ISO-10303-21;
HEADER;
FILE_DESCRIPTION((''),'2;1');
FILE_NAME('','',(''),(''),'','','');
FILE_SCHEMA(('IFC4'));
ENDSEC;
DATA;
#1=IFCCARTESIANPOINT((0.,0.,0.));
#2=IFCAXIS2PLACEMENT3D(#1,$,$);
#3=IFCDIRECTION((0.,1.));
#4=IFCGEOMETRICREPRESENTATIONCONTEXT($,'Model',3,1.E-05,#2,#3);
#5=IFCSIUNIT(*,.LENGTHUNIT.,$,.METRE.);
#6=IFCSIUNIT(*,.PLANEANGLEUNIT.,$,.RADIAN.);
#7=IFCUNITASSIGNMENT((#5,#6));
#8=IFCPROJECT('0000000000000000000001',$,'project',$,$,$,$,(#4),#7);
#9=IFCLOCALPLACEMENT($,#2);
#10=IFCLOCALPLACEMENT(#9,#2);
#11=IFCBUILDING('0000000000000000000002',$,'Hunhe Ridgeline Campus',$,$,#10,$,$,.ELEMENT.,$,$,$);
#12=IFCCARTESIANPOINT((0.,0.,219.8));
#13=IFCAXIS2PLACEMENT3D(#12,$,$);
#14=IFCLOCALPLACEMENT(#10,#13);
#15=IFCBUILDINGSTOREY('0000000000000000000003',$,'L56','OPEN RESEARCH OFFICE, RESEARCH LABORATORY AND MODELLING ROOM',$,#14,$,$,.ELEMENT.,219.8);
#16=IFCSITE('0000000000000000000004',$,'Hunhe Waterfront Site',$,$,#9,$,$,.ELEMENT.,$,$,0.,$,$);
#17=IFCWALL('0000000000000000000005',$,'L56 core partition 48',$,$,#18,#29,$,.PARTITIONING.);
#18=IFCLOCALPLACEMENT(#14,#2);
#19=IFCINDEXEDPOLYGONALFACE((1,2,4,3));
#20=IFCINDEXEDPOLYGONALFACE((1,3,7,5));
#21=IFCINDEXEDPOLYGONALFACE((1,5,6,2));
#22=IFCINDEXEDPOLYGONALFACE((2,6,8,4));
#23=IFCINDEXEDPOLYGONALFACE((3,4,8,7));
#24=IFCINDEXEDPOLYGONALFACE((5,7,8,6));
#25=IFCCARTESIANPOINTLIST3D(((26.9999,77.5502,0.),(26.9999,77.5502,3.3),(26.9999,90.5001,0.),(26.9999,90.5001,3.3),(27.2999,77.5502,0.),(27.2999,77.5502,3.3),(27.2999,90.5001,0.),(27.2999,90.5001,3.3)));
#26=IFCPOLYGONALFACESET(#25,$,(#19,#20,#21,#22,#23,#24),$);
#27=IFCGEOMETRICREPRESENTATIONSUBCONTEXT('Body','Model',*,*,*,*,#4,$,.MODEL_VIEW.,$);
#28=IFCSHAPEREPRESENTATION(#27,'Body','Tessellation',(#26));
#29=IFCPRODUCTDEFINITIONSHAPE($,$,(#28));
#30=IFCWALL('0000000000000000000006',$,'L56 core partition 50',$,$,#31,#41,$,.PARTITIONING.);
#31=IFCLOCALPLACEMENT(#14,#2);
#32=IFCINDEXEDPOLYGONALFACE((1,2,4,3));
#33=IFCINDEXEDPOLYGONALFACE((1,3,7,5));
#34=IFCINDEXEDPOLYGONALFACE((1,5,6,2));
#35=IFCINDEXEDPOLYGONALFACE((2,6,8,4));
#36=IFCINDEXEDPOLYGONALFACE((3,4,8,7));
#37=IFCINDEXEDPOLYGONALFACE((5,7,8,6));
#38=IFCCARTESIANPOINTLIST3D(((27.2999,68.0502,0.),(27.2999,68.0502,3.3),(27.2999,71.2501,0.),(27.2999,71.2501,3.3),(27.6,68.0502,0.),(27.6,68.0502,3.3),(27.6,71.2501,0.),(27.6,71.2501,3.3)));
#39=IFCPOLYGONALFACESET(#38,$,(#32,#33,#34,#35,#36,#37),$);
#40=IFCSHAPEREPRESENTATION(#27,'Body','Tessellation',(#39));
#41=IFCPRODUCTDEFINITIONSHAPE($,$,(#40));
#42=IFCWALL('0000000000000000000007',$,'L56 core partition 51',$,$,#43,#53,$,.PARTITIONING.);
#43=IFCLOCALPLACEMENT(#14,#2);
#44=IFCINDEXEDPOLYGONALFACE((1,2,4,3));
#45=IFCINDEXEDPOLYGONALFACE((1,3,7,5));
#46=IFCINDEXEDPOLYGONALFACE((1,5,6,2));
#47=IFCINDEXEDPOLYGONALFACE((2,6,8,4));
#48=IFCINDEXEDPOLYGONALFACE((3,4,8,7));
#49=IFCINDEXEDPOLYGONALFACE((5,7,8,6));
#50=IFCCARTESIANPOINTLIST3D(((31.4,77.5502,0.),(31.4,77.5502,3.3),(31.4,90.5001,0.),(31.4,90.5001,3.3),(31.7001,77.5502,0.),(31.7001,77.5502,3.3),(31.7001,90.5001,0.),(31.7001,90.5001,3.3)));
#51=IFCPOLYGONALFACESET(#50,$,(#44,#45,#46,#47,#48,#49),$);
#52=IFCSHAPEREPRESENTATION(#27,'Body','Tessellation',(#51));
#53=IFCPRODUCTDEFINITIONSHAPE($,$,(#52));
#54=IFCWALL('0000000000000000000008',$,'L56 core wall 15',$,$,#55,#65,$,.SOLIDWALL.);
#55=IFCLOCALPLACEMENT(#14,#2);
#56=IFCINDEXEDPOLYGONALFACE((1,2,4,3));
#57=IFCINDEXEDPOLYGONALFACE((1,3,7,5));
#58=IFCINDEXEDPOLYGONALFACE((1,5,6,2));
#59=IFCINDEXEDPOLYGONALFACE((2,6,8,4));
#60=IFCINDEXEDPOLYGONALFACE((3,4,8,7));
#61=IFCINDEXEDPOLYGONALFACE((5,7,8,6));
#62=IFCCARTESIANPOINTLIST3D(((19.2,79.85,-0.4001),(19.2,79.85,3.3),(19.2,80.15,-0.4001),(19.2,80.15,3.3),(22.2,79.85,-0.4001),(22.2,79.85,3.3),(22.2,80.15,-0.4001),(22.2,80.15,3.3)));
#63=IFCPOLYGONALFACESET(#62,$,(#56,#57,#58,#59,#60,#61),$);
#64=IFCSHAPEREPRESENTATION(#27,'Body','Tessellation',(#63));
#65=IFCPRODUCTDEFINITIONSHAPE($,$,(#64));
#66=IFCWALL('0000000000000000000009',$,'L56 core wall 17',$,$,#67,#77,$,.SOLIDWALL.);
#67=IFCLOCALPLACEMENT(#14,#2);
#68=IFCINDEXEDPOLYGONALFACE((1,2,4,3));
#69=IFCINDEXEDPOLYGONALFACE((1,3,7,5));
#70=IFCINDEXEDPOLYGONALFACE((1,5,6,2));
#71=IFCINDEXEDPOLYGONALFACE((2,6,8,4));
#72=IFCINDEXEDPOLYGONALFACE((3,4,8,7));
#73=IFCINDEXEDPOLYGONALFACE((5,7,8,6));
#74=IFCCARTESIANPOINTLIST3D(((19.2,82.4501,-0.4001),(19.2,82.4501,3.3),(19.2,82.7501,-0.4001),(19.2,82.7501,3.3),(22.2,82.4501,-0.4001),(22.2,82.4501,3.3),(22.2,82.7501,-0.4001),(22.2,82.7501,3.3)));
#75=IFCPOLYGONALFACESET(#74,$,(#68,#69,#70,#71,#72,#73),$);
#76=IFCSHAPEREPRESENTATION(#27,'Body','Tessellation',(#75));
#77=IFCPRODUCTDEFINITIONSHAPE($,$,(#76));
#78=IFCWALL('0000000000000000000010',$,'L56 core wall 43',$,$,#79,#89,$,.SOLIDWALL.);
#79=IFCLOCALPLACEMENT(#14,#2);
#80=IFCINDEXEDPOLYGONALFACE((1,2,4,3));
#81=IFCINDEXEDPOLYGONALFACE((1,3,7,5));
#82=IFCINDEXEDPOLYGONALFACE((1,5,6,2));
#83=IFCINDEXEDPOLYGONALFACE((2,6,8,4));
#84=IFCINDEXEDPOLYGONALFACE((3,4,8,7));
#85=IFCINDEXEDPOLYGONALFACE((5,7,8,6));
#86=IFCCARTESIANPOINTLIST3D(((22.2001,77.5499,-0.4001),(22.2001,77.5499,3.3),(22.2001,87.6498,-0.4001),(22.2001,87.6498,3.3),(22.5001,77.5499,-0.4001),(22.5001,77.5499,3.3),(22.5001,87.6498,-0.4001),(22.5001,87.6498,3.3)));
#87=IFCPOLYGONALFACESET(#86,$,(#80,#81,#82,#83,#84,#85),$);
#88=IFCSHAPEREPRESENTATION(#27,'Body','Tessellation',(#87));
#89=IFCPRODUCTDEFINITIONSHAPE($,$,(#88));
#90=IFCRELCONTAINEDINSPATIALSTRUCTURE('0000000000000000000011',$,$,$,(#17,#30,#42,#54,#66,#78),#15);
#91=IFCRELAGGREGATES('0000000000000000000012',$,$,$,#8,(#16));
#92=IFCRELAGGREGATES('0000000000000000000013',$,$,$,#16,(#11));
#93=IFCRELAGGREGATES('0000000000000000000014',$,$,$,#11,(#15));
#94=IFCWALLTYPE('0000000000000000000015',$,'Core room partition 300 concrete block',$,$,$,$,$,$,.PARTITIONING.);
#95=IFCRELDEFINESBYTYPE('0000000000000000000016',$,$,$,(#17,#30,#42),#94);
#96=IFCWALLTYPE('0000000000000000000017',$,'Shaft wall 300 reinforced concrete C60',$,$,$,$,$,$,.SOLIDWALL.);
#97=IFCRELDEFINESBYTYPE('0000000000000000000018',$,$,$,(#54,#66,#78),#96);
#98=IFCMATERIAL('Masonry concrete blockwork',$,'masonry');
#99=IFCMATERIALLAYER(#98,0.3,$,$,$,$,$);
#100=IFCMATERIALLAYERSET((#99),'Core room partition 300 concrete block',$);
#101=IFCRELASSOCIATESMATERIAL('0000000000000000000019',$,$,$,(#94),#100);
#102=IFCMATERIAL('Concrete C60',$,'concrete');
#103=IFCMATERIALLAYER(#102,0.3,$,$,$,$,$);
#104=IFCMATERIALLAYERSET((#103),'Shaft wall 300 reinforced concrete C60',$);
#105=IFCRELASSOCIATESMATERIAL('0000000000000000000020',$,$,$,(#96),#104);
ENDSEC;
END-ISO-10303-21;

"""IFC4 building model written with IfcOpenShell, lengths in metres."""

from ifc_helpers import new_model, si_unit, direction, frame, frame_2d, origin, place, context, subcontext, project, spatial, rectangle, extrude, material, layer, layer_set, type_object, element, save


model = new_model("IFC4")

# Units and contexts
model_context = context("Model", 3, precision=1e-05, world=origin(), true_north=direction((0.0, 1.0)))
body_context = subcontext(model_context, "Body", "Model", "MODEL_VIEW")
ifc_project = project(units=[si_unit("LENGTHUNIT", "METRE"), si_unit("PLANEANGLEUNIT", "RADIAN")], contexts=[model_context])

# Site, building, storey
site_placement = place(None, origin())
site = spatial("IfcSite", under=ifc_project, at=site_placement, Name="Hunhe Waterfront Site", CompositionType="ELEMENT", RefElevation=0.0)
building_placement = place(site_placement, origin())
building = spatial("IfcBuilding", under=site, at=building_placement, Name="Hunhe Ridgeline Campus", CompositionType="ELEMENT")
storey_placement = place(building_placement, frame((0.0, 0.0, 219.8)))
storey = spatial("IfcBuildingStorey", under=building, at=storey_placement, Name="L56", Description="OPEN RESEARCH OFFICE, RESEARCH LABORATORY AND MODELLING ROOM", CompositionType="ELEMENT", Elevation=219.8)

# Shared definitions
ifc_material_1 = material(Name="Masonry concrete blockwork", Category="masonry")
ifc_layer_1 = layer(ifc_material_1, 0.3)
ifc_layer_set_1 = layer_set([ifc_layer_1], Name="Core room partition 300 concrete block")
wall_type_1 = type_object("IfcWallType", Name="Core room partition 300 concrete block", PredefinedType="PARTITIONING", material=ifc_layer_set_1)

# Walls
wall_1_placement = place(storey_placement, frame((27.1499, 77.55, 0.0), z_axis=(0.0, 0.0, 1.0), x_axis=(0.0, 1.0, 0.0)))
element("IfcWall", 1, at=wall_1_placement, inside=storey, type_object=wall_type_1, Name="L56 core partition 48", PredefinedType="PARTITIONING", context=body_context, shape_type="SweptSolid", body=[
    extrude(rectangle(XDim=12.95, YDim=0.3, at=frame_2d((6.4751, 0.0))), origin(), (0.0, 0.0, 1.0), 3.3),
])
wall_2_placement = place(storey_placement, frame((27.45, 68.05, 0.0), z_axis=(0.0, 0.0, 1.0), x_axis=(0.0, 1.0, 0.0)))
element("IfcWall", 2, at=wall_2_placement, inside=storey, type_object=wall_type_1, Name="L56 core partition 50", PredefinedType="PARTITIONING", context=body_context, shape_type="SweptSolid", body=[
    extrude(rectangle(XDim=3.2, YDim=0.3, at=frame_2d((1.6001, 0.0))), origin(), (0.0, 0.0, 1.0), 3.3),
])
wall_3_placement = place(storey_placement, frame((31.55, 77.55, 0.0), z_axis=(0.0, 0.0, 1.0), x_axis=(0.0, 1.0, 0.0)))
element("IfcWall", 3, at=wall_3_placement, inside=storey, type_object=wall_type_1, Name="L56 core partition 51", PredefinedType="PARTITIONING", context=body_context, shape_type="SweptSolid", body=[
    extrude(rectangle(XDim=12.95, YDim=0.3, at=frame_2d((6.4751, 0.0))), origin(), (0.0, 0.0, 1.0), 3.3),
])
ifc_material_2 = material(Name="Concrete C60", Category="concrete")
ifc_layer_2 = layer(ifc_material_2, 0.3)
ifc_layer_set_2 = layer_set([ifc_layer_2], Name="Shaft wall 300 reinforced concrete C60")
wall_type_2 = type_object("IfcWallType", Name="Shaft wall 300 reinforced concrete C60", PredefinedType="SOLIDWALL", material=ifc_layer_set_2)
for number, where, z_axis, x_axis, name in (
    (4, (19.2, 80.0, -0.4001), (0.0, 0.0, 1.0), (1.0, 0.0, 0.0), "L56 core wall 15"),
    (5, (19.2, 82.6001, -0.4001), (0.0, 0.0, 1.0), (1.0, 0.0, 0.0), "L56 core wall 17"),
):
    element("IfcWall", number, at=place(storey_placement, frame(where, z_axis=z_axis, x_axis=x_axis)), inside=storey, type_object=wall_type_2, Name=name, PredefinedType="SOLIDWALL", context=body_context, shape_type="SweptSolid", body=[
        extrude(rectangle(XDim=3.0, YDim=0.3, at=frame_2d((1.5, 0.0))), origin(), (0.0, 0.0, 1.0), 3.7002),
    ])

# Wall
wall_4_placement = place(storey_placement, frame((22.3501, 77.55, -0.4001), z_axis=(0.0, 0.0, 1.0), x_axis=(0.0, 1.0, 0.0)))
element("IfcWall", 6, at=wall_4_placement, inside=storey, type_object=wall_type_2, Name="L56 core wall 43", PredefinedType="SOLIDWALL", context=body_context, shape_type="SweptSolid", body=[
    extrude(rectangle(XDim=10.0999, YDim=0.3, at=frame_2d((5.0498, 0.0))), origin(), (0.0, 0.0, 1.0), 3.7002),
])

save(model, "model.ifc")
